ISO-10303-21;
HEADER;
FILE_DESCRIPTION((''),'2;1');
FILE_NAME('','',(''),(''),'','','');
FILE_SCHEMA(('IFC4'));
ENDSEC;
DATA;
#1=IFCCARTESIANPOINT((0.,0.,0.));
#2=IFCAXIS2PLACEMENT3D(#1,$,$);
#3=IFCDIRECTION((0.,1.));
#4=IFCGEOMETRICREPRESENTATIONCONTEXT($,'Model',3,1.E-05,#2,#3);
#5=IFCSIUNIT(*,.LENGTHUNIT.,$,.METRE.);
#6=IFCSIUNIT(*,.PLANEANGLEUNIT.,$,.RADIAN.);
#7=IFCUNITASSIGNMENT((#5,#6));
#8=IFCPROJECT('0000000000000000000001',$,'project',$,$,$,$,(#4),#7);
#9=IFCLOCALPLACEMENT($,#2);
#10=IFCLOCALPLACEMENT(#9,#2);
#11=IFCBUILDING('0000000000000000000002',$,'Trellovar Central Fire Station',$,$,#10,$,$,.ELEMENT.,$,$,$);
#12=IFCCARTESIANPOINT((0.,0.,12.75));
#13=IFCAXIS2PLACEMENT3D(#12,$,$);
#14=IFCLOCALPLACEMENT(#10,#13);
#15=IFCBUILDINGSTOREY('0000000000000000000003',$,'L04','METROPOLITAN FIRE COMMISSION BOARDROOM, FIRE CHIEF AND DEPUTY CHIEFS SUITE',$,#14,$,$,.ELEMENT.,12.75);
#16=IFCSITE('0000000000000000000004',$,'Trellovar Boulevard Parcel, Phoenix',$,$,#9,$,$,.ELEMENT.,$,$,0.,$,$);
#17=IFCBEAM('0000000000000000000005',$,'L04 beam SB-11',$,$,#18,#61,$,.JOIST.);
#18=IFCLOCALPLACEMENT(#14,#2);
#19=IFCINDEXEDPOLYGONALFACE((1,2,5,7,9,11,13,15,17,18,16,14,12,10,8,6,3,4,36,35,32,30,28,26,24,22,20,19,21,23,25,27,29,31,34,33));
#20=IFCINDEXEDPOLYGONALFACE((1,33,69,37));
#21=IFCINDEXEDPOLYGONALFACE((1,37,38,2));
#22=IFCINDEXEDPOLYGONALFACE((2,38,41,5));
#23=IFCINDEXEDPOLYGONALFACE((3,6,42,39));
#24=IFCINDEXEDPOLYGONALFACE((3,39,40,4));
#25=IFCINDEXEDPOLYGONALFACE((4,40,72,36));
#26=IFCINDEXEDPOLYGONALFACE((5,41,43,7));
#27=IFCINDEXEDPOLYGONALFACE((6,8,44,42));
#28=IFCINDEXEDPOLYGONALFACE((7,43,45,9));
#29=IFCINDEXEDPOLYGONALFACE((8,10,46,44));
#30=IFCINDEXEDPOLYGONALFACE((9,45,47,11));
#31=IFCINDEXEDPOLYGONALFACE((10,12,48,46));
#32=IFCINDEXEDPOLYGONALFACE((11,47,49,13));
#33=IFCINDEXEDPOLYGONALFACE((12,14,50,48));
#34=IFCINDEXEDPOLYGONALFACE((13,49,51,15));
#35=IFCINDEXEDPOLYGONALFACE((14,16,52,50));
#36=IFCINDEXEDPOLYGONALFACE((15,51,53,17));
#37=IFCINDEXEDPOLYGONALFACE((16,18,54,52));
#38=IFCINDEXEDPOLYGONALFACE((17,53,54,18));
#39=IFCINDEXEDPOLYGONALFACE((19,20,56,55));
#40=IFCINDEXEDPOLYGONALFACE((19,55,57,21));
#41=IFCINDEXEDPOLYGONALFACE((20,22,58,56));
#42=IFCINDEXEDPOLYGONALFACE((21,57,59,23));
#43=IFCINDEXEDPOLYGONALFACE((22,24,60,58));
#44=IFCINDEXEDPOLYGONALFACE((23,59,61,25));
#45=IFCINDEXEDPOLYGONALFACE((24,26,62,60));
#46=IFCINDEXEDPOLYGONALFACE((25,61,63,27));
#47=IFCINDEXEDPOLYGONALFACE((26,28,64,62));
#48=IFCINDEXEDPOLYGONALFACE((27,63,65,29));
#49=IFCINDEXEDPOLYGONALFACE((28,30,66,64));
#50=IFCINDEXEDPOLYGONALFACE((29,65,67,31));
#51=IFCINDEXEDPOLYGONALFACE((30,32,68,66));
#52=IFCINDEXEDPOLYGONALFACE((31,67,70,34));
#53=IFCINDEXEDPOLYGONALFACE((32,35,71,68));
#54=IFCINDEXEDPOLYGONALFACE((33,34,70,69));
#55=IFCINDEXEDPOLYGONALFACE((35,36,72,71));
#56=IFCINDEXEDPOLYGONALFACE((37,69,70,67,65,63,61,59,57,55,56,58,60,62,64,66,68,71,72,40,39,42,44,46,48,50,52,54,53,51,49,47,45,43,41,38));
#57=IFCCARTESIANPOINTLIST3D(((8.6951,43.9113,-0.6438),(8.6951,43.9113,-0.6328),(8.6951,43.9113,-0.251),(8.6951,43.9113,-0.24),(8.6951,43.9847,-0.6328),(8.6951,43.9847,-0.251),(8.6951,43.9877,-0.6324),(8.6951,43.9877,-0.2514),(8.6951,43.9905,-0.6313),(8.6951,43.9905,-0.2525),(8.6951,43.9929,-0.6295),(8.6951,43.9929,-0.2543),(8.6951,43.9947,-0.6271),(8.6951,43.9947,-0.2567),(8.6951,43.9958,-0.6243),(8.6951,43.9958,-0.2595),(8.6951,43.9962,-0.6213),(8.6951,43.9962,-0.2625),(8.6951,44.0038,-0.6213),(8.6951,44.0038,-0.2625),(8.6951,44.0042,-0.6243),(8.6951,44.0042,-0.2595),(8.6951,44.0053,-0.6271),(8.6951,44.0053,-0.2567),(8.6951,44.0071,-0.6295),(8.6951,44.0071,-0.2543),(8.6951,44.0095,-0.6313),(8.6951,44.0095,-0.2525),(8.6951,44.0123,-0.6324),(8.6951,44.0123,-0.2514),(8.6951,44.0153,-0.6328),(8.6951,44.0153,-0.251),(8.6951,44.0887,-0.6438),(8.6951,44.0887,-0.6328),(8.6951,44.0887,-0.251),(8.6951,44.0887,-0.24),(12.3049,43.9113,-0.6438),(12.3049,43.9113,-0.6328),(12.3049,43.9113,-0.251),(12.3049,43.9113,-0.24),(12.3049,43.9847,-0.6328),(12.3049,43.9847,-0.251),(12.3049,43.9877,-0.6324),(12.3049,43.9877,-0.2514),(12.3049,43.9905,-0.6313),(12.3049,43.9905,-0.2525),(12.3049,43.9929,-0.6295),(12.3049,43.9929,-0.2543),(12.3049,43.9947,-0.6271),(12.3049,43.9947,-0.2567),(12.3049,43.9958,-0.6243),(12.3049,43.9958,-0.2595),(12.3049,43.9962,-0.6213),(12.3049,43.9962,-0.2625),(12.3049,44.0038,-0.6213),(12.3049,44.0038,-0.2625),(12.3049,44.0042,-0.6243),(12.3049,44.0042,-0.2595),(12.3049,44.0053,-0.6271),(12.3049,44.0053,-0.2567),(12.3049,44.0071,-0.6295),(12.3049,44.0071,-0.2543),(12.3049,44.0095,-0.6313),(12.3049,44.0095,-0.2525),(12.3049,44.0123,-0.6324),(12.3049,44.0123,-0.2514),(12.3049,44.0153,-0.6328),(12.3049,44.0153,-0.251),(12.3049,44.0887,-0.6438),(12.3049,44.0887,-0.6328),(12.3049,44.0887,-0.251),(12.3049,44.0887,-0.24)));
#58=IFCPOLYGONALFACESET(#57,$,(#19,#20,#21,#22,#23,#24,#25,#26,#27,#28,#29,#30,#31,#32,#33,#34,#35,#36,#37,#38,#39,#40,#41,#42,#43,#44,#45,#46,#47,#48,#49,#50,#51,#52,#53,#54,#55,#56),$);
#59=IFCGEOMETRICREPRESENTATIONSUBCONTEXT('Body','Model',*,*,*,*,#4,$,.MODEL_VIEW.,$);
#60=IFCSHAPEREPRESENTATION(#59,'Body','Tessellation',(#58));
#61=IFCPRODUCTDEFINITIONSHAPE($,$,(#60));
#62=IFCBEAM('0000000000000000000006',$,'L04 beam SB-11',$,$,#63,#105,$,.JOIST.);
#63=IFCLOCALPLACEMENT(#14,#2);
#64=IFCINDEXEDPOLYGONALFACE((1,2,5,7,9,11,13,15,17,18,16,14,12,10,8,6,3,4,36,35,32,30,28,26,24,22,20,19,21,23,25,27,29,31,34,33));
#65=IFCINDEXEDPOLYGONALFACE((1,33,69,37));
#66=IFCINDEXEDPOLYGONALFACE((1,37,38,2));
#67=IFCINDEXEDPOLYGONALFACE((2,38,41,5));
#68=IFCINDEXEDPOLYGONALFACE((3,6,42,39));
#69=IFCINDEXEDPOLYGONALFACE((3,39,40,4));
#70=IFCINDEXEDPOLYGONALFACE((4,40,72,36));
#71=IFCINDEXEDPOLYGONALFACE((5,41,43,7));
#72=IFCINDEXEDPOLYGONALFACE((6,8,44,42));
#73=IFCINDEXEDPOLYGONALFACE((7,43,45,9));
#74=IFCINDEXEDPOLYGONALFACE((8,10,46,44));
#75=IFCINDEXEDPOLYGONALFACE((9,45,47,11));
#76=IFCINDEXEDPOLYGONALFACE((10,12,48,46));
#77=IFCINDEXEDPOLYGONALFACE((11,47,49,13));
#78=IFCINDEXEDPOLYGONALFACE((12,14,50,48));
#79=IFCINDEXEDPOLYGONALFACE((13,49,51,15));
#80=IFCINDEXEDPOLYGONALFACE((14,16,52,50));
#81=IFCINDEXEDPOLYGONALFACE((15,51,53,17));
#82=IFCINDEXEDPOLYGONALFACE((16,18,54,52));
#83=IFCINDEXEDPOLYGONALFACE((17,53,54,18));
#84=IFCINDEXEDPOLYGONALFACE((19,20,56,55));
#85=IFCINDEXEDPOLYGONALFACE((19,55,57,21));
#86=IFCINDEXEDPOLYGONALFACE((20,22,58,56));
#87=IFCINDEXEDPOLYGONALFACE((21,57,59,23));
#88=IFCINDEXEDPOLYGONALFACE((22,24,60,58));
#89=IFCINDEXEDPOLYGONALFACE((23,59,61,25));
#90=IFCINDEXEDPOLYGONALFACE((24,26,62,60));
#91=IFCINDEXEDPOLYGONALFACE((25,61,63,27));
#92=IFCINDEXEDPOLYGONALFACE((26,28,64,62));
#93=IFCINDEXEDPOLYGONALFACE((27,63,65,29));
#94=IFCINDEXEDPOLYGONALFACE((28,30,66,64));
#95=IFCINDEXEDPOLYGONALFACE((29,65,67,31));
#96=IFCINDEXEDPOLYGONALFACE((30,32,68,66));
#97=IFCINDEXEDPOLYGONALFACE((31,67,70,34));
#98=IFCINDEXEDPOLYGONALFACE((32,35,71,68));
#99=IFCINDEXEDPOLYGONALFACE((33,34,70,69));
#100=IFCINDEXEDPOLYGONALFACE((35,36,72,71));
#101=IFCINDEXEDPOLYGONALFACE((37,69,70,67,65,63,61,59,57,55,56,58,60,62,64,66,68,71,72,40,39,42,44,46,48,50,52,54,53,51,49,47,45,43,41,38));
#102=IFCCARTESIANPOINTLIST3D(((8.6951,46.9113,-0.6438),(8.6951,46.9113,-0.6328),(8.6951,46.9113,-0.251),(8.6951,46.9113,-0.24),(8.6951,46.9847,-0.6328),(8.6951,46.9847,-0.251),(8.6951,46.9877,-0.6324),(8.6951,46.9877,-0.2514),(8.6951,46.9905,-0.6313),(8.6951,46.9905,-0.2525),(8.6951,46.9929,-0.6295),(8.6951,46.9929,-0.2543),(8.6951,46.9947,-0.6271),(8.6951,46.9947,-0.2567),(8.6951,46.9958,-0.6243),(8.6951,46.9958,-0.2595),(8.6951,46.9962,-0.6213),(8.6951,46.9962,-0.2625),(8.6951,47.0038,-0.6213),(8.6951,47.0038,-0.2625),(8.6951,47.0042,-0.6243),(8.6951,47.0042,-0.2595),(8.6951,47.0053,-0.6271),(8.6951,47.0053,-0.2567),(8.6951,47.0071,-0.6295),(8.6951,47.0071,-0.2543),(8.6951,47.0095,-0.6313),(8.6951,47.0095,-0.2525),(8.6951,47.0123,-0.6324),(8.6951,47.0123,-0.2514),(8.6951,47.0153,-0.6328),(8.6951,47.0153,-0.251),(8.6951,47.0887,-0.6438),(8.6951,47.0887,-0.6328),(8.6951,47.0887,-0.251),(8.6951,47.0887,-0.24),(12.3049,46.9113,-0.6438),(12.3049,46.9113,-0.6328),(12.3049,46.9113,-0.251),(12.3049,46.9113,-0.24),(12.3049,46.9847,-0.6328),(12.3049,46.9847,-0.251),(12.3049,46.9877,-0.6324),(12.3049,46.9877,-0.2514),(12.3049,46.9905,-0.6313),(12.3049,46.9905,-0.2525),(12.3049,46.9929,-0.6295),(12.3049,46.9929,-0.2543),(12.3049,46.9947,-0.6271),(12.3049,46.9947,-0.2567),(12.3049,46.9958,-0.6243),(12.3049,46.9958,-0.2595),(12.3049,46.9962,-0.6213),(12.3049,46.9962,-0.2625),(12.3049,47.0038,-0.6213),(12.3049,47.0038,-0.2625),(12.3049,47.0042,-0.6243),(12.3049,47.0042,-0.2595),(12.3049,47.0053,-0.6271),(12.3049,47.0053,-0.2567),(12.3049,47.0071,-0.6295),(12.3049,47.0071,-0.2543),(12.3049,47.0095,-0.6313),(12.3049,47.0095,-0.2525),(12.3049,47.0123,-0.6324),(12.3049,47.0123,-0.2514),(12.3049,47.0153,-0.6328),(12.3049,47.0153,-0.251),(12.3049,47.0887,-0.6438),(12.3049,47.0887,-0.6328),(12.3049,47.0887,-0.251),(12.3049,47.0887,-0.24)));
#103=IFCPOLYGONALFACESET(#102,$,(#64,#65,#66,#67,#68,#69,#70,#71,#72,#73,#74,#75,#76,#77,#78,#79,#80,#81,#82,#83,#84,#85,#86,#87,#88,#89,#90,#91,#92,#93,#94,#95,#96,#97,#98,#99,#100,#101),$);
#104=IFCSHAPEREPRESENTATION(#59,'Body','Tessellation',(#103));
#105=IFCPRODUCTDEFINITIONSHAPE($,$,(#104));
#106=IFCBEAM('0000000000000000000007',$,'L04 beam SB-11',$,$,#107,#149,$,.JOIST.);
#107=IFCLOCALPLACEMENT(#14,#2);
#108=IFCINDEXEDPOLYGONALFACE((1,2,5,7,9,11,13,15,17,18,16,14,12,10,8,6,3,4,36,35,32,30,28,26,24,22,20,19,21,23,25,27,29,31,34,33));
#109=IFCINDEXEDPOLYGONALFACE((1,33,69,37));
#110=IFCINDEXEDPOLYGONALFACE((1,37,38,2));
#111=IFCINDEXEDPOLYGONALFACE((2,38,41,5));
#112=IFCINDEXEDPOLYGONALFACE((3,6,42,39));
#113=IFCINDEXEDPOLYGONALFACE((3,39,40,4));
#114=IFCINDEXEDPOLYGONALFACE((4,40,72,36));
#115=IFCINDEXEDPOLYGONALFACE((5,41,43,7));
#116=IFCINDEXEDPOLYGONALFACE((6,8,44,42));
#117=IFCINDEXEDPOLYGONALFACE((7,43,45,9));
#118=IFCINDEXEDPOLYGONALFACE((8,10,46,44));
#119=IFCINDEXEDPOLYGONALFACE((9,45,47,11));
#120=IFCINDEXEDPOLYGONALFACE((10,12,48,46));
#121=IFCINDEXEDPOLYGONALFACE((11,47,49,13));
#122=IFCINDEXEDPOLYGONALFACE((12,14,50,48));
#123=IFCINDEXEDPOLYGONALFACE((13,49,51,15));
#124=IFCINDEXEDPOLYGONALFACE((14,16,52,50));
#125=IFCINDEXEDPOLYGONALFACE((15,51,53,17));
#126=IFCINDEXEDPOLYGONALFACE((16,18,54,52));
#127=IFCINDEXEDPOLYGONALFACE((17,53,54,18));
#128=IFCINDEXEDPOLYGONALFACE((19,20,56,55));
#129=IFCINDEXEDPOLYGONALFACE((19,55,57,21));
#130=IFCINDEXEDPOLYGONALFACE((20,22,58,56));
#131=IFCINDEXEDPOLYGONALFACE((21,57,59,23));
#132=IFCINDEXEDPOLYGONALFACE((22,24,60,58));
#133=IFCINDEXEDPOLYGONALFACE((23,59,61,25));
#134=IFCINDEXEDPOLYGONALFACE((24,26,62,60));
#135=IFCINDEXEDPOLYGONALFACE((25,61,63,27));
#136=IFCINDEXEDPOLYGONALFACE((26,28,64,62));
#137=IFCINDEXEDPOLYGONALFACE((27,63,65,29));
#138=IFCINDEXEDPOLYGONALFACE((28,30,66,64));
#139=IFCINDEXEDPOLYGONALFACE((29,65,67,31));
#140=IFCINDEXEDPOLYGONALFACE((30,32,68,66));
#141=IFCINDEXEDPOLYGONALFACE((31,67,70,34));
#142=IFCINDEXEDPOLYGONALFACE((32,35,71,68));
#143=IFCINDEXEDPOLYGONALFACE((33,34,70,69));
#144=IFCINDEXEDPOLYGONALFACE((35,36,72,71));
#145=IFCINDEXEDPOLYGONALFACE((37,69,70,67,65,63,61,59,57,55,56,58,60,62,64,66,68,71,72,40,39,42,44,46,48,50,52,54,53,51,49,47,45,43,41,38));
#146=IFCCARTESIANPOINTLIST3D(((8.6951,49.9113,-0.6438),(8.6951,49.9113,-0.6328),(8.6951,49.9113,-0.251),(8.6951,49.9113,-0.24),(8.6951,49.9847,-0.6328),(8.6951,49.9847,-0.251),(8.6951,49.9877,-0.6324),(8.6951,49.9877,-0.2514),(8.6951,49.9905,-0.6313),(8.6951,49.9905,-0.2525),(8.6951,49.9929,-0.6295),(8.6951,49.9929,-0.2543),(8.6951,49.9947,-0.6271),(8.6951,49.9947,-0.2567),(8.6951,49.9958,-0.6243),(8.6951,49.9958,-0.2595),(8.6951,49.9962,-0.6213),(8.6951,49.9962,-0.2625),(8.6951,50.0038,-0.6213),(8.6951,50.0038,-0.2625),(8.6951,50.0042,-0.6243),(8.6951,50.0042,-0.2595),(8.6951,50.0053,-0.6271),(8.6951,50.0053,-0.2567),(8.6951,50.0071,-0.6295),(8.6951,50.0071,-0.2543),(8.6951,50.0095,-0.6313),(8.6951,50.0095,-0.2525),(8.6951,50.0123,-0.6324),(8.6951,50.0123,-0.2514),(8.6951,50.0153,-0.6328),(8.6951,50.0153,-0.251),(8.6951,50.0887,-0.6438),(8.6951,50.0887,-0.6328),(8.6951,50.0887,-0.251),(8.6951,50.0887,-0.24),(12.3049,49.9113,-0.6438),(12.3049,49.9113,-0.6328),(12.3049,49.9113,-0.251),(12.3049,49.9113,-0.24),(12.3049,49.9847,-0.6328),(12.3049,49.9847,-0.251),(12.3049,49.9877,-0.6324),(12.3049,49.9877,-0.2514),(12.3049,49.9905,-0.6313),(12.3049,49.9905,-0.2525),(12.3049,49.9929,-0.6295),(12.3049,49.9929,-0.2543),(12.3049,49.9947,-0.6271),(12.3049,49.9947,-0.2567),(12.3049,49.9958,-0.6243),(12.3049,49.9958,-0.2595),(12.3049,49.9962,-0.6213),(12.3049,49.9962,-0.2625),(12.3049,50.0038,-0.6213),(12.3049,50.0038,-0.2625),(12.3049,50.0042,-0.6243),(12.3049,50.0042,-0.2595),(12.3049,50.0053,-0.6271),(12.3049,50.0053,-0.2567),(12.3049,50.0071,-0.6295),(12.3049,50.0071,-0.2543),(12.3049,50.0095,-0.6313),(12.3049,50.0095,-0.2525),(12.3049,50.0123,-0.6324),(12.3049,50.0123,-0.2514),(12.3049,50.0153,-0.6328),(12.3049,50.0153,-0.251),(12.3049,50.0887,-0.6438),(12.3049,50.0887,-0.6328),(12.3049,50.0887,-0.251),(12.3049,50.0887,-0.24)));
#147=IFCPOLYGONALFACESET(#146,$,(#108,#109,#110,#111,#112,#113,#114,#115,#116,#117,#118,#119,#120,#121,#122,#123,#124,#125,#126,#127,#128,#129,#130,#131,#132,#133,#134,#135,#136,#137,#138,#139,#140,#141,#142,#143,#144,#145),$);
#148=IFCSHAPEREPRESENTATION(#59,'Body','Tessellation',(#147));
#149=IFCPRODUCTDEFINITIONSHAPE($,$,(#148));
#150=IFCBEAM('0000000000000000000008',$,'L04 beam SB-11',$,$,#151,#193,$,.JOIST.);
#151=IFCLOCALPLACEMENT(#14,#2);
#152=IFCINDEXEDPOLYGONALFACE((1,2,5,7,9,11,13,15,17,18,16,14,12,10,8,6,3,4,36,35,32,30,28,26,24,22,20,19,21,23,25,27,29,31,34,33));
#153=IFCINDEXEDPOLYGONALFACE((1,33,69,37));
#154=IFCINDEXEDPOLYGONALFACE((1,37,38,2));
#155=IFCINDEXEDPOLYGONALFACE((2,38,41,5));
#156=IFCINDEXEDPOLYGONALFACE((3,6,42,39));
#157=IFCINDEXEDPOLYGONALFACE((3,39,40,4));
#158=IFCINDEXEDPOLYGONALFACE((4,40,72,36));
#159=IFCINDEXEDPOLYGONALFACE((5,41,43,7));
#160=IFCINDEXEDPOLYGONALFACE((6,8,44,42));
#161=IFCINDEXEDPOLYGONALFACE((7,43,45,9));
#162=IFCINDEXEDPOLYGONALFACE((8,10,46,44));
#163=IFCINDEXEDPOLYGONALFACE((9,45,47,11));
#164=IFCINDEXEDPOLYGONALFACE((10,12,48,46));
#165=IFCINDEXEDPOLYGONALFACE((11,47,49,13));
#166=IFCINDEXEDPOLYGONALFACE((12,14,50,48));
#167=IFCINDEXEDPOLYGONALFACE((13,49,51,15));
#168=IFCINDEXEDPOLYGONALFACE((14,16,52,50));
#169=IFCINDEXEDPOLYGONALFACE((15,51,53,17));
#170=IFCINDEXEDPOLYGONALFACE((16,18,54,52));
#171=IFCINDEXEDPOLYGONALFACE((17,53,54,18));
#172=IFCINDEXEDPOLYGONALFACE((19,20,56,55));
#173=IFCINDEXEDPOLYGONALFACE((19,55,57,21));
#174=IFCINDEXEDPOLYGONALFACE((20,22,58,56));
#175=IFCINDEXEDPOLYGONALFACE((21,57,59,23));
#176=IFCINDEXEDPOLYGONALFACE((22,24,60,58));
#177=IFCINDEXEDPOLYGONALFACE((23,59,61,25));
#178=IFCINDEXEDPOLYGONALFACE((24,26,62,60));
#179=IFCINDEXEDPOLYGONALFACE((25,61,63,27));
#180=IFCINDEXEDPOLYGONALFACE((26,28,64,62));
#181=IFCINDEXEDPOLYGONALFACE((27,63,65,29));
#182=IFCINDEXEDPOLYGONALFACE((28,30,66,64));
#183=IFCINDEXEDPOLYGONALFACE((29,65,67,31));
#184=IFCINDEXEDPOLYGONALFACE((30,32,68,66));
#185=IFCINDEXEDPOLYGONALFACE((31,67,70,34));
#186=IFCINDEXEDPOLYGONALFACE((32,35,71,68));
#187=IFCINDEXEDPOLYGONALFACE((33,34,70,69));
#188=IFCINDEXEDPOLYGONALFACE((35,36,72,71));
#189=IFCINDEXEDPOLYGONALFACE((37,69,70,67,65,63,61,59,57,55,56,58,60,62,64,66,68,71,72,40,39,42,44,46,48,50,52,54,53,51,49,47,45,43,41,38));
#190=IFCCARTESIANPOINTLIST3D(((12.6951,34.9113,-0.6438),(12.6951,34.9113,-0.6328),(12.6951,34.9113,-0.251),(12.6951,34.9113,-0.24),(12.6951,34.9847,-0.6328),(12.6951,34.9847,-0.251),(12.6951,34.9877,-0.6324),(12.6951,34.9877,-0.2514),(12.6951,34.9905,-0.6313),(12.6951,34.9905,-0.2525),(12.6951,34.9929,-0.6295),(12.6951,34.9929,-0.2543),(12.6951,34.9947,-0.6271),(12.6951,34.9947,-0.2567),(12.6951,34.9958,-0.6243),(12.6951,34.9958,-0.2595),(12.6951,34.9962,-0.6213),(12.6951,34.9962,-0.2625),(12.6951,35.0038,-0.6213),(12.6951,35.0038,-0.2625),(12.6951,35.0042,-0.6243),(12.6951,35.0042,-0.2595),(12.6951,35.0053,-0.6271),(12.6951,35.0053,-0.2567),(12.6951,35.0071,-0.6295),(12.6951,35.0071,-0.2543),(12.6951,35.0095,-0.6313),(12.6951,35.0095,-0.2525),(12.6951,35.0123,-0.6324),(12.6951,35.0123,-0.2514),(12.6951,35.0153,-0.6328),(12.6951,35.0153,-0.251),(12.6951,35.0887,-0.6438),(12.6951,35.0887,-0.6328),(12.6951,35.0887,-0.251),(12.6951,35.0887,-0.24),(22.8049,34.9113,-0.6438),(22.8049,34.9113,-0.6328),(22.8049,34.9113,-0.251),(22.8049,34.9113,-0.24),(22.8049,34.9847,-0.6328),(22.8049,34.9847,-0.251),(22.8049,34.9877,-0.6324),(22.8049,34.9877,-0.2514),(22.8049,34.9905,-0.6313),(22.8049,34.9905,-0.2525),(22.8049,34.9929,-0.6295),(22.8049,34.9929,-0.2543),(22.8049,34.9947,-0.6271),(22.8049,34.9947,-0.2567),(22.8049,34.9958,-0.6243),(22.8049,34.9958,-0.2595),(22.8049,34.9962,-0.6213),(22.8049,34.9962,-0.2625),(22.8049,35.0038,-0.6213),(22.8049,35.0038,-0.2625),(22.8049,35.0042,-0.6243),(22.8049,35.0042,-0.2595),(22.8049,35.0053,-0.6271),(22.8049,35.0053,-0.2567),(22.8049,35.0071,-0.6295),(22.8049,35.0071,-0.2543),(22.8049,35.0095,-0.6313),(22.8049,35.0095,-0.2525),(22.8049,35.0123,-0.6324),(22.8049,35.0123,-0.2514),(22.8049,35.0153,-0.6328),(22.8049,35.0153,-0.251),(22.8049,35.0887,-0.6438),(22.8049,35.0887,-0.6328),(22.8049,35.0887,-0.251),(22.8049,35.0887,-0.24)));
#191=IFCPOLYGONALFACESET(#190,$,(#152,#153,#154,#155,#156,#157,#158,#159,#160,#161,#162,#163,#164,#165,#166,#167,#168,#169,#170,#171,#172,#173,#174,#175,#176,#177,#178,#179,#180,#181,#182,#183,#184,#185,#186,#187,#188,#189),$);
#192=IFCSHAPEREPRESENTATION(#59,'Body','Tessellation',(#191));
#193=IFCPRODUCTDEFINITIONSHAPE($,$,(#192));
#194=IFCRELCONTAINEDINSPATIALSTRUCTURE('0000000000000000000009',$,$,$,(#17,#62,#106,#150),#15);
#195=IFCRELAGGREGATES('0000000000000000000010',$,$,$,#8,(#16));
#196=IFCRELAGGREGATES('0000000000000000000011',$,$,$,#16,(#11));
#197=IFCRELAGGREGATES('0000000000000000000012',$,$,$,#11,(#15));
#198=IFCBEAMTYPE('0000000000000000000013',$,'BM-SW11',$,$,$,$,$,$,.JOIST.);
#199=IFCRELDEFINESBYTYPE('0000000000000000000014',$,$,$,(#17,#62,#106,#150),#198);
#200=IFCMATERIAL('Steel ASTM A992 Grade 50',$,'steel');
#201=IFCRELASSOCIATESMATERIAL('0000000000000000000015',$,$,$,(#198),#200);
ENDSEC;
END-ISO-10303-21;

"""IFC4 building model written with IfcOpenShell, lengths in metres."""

from ifc_helpers import new_model, si_unit, direction, frame, origin, origin_2d, place, context, subcontext, project, spatial, i_section, extrude, material, material_profile, profile_set, type_object, element, save


model = new_model("IFC4")

# Units and contexts
model_context = context("Model", 3, precision=1e-05, world=origin(), true_north=direction((0.0, 1.0)))
body_context = subcontext(model_context, "Body", "Model", "MODEL_VIEW")
ifc_project = project(units=[si_unit("LENGTHUNIT", "METRE"), si_unit("PLANEANGLEUNIT", "RADIAN")], contexts=[model_context])

# Site, building, storey
site_placement = place(None, origin())
site = spatial("IfcSite", under=ifc_project, at=site_placement, Name="Trellovar Boulevard Parcel, Phoenix", CompositionType="ELEMENT", RefElevation=0.0)
building_placement = place(site_placement, origin())
building = spatial("IfcBuilding", under=site, at=building_placement, Name="Trellovar Central Fire Station", CompositionType="ELEMENT")
storey_placement = place(building_placement, frame((0.0, 0.0, 12.75)))
storey = spatial("IfcBuildingStorey", under=building, at=storey_placement, Name="L04", Description="METROPOLITAN FIRE COMMISSION BOARDROOM, FIRE CHIEF AND DEPUTY CHIEFS SUITE", CompositionType="ELEMENT", Elevation=12.75)

# Beams
ifc_material_1 = material(Name="Steel ASTM A992 Grade 50", Category="steel")
ifc_material_profile_1 = material_profile(ifc_material_1, i_section(OverallWidth=0.1775, OverallDepth=0.4038, WebThickness=0.0076, FlangeThickness=0.011, FilletRadius=0.0115, at=origin_2d()), Name="W16X36")
ifc_profile_set_1 = profile_set([ifc_material_profile_1], Name="Steel ASTM A992 Grade 50")
beam_type_1 = type_object("IfcBeamType", Name="BM-SW11", PredefinedType="JOIST", material=ifc_profile_set_1)
for number, where, z_axis, x_axis, name in (
    (1, (8.6951, 44.0, -0.4419), (1.0, 0.0, 0.0), (0.0, 1.0, 0.0), "L04 beam SB-11"),
    (2, (8.6951, 47.0, -0.4419), (1.0, 0.0, 0.0), (0.0, 1.0, 0.0), "L04 beam SB-11"),
    (3, (8.6951, 50.0, -0.4419), (1.0, 0.0, 0.0), (0.0, 1.0, 0.0), "L04 beam SB-11"),
):
    element("IfcBeam", number, at=place(storey_placement, frame(where, z_axis=z_axis, x_axis=x_axis)), inside=storey, type_object=beam_type_1, Name=name, PredefinedType="JOIST", context=body_context, shape_type="SweptSolid", body=[
        extrude(i_section(OverallWidth=0.1775, OverallDepth=0.4038, WebThickness=0.0076, FlangeThickness=0.011, FilletRadius=0.0115, at=origin_2d()), origin(), (0.0, 0.0, 1.0), 3.6099),
    ])
for number, where, z_axis, x_axis, name in (
    (4, (12.6951, 35.0, -0.4419), (1.0, 0.0, 0.0), (0.0, 1.0, 0.0), "L04 beam SB-11"),
):
    element("IfcBeam", number, at=place(storey_placement, frame(where, z_axis=z_axis, x_axis=x_axis)), inside=storey, type_object=beam_type_1, Name=name, PredefinedType="JOIST", context=body_context, shape_type="SweptSolid", body=[
        extrude(i_section(OverallWidth=0.1775, OverallDepth=0.4038, WebThickness=0.0076, FlangeThickness=0.011, FilletRadius=0.0115, at=origin_2d()), origin(), (0.0, 0.0, 1.0), 10.1099),
    ])

save(model, "model.ifc")
